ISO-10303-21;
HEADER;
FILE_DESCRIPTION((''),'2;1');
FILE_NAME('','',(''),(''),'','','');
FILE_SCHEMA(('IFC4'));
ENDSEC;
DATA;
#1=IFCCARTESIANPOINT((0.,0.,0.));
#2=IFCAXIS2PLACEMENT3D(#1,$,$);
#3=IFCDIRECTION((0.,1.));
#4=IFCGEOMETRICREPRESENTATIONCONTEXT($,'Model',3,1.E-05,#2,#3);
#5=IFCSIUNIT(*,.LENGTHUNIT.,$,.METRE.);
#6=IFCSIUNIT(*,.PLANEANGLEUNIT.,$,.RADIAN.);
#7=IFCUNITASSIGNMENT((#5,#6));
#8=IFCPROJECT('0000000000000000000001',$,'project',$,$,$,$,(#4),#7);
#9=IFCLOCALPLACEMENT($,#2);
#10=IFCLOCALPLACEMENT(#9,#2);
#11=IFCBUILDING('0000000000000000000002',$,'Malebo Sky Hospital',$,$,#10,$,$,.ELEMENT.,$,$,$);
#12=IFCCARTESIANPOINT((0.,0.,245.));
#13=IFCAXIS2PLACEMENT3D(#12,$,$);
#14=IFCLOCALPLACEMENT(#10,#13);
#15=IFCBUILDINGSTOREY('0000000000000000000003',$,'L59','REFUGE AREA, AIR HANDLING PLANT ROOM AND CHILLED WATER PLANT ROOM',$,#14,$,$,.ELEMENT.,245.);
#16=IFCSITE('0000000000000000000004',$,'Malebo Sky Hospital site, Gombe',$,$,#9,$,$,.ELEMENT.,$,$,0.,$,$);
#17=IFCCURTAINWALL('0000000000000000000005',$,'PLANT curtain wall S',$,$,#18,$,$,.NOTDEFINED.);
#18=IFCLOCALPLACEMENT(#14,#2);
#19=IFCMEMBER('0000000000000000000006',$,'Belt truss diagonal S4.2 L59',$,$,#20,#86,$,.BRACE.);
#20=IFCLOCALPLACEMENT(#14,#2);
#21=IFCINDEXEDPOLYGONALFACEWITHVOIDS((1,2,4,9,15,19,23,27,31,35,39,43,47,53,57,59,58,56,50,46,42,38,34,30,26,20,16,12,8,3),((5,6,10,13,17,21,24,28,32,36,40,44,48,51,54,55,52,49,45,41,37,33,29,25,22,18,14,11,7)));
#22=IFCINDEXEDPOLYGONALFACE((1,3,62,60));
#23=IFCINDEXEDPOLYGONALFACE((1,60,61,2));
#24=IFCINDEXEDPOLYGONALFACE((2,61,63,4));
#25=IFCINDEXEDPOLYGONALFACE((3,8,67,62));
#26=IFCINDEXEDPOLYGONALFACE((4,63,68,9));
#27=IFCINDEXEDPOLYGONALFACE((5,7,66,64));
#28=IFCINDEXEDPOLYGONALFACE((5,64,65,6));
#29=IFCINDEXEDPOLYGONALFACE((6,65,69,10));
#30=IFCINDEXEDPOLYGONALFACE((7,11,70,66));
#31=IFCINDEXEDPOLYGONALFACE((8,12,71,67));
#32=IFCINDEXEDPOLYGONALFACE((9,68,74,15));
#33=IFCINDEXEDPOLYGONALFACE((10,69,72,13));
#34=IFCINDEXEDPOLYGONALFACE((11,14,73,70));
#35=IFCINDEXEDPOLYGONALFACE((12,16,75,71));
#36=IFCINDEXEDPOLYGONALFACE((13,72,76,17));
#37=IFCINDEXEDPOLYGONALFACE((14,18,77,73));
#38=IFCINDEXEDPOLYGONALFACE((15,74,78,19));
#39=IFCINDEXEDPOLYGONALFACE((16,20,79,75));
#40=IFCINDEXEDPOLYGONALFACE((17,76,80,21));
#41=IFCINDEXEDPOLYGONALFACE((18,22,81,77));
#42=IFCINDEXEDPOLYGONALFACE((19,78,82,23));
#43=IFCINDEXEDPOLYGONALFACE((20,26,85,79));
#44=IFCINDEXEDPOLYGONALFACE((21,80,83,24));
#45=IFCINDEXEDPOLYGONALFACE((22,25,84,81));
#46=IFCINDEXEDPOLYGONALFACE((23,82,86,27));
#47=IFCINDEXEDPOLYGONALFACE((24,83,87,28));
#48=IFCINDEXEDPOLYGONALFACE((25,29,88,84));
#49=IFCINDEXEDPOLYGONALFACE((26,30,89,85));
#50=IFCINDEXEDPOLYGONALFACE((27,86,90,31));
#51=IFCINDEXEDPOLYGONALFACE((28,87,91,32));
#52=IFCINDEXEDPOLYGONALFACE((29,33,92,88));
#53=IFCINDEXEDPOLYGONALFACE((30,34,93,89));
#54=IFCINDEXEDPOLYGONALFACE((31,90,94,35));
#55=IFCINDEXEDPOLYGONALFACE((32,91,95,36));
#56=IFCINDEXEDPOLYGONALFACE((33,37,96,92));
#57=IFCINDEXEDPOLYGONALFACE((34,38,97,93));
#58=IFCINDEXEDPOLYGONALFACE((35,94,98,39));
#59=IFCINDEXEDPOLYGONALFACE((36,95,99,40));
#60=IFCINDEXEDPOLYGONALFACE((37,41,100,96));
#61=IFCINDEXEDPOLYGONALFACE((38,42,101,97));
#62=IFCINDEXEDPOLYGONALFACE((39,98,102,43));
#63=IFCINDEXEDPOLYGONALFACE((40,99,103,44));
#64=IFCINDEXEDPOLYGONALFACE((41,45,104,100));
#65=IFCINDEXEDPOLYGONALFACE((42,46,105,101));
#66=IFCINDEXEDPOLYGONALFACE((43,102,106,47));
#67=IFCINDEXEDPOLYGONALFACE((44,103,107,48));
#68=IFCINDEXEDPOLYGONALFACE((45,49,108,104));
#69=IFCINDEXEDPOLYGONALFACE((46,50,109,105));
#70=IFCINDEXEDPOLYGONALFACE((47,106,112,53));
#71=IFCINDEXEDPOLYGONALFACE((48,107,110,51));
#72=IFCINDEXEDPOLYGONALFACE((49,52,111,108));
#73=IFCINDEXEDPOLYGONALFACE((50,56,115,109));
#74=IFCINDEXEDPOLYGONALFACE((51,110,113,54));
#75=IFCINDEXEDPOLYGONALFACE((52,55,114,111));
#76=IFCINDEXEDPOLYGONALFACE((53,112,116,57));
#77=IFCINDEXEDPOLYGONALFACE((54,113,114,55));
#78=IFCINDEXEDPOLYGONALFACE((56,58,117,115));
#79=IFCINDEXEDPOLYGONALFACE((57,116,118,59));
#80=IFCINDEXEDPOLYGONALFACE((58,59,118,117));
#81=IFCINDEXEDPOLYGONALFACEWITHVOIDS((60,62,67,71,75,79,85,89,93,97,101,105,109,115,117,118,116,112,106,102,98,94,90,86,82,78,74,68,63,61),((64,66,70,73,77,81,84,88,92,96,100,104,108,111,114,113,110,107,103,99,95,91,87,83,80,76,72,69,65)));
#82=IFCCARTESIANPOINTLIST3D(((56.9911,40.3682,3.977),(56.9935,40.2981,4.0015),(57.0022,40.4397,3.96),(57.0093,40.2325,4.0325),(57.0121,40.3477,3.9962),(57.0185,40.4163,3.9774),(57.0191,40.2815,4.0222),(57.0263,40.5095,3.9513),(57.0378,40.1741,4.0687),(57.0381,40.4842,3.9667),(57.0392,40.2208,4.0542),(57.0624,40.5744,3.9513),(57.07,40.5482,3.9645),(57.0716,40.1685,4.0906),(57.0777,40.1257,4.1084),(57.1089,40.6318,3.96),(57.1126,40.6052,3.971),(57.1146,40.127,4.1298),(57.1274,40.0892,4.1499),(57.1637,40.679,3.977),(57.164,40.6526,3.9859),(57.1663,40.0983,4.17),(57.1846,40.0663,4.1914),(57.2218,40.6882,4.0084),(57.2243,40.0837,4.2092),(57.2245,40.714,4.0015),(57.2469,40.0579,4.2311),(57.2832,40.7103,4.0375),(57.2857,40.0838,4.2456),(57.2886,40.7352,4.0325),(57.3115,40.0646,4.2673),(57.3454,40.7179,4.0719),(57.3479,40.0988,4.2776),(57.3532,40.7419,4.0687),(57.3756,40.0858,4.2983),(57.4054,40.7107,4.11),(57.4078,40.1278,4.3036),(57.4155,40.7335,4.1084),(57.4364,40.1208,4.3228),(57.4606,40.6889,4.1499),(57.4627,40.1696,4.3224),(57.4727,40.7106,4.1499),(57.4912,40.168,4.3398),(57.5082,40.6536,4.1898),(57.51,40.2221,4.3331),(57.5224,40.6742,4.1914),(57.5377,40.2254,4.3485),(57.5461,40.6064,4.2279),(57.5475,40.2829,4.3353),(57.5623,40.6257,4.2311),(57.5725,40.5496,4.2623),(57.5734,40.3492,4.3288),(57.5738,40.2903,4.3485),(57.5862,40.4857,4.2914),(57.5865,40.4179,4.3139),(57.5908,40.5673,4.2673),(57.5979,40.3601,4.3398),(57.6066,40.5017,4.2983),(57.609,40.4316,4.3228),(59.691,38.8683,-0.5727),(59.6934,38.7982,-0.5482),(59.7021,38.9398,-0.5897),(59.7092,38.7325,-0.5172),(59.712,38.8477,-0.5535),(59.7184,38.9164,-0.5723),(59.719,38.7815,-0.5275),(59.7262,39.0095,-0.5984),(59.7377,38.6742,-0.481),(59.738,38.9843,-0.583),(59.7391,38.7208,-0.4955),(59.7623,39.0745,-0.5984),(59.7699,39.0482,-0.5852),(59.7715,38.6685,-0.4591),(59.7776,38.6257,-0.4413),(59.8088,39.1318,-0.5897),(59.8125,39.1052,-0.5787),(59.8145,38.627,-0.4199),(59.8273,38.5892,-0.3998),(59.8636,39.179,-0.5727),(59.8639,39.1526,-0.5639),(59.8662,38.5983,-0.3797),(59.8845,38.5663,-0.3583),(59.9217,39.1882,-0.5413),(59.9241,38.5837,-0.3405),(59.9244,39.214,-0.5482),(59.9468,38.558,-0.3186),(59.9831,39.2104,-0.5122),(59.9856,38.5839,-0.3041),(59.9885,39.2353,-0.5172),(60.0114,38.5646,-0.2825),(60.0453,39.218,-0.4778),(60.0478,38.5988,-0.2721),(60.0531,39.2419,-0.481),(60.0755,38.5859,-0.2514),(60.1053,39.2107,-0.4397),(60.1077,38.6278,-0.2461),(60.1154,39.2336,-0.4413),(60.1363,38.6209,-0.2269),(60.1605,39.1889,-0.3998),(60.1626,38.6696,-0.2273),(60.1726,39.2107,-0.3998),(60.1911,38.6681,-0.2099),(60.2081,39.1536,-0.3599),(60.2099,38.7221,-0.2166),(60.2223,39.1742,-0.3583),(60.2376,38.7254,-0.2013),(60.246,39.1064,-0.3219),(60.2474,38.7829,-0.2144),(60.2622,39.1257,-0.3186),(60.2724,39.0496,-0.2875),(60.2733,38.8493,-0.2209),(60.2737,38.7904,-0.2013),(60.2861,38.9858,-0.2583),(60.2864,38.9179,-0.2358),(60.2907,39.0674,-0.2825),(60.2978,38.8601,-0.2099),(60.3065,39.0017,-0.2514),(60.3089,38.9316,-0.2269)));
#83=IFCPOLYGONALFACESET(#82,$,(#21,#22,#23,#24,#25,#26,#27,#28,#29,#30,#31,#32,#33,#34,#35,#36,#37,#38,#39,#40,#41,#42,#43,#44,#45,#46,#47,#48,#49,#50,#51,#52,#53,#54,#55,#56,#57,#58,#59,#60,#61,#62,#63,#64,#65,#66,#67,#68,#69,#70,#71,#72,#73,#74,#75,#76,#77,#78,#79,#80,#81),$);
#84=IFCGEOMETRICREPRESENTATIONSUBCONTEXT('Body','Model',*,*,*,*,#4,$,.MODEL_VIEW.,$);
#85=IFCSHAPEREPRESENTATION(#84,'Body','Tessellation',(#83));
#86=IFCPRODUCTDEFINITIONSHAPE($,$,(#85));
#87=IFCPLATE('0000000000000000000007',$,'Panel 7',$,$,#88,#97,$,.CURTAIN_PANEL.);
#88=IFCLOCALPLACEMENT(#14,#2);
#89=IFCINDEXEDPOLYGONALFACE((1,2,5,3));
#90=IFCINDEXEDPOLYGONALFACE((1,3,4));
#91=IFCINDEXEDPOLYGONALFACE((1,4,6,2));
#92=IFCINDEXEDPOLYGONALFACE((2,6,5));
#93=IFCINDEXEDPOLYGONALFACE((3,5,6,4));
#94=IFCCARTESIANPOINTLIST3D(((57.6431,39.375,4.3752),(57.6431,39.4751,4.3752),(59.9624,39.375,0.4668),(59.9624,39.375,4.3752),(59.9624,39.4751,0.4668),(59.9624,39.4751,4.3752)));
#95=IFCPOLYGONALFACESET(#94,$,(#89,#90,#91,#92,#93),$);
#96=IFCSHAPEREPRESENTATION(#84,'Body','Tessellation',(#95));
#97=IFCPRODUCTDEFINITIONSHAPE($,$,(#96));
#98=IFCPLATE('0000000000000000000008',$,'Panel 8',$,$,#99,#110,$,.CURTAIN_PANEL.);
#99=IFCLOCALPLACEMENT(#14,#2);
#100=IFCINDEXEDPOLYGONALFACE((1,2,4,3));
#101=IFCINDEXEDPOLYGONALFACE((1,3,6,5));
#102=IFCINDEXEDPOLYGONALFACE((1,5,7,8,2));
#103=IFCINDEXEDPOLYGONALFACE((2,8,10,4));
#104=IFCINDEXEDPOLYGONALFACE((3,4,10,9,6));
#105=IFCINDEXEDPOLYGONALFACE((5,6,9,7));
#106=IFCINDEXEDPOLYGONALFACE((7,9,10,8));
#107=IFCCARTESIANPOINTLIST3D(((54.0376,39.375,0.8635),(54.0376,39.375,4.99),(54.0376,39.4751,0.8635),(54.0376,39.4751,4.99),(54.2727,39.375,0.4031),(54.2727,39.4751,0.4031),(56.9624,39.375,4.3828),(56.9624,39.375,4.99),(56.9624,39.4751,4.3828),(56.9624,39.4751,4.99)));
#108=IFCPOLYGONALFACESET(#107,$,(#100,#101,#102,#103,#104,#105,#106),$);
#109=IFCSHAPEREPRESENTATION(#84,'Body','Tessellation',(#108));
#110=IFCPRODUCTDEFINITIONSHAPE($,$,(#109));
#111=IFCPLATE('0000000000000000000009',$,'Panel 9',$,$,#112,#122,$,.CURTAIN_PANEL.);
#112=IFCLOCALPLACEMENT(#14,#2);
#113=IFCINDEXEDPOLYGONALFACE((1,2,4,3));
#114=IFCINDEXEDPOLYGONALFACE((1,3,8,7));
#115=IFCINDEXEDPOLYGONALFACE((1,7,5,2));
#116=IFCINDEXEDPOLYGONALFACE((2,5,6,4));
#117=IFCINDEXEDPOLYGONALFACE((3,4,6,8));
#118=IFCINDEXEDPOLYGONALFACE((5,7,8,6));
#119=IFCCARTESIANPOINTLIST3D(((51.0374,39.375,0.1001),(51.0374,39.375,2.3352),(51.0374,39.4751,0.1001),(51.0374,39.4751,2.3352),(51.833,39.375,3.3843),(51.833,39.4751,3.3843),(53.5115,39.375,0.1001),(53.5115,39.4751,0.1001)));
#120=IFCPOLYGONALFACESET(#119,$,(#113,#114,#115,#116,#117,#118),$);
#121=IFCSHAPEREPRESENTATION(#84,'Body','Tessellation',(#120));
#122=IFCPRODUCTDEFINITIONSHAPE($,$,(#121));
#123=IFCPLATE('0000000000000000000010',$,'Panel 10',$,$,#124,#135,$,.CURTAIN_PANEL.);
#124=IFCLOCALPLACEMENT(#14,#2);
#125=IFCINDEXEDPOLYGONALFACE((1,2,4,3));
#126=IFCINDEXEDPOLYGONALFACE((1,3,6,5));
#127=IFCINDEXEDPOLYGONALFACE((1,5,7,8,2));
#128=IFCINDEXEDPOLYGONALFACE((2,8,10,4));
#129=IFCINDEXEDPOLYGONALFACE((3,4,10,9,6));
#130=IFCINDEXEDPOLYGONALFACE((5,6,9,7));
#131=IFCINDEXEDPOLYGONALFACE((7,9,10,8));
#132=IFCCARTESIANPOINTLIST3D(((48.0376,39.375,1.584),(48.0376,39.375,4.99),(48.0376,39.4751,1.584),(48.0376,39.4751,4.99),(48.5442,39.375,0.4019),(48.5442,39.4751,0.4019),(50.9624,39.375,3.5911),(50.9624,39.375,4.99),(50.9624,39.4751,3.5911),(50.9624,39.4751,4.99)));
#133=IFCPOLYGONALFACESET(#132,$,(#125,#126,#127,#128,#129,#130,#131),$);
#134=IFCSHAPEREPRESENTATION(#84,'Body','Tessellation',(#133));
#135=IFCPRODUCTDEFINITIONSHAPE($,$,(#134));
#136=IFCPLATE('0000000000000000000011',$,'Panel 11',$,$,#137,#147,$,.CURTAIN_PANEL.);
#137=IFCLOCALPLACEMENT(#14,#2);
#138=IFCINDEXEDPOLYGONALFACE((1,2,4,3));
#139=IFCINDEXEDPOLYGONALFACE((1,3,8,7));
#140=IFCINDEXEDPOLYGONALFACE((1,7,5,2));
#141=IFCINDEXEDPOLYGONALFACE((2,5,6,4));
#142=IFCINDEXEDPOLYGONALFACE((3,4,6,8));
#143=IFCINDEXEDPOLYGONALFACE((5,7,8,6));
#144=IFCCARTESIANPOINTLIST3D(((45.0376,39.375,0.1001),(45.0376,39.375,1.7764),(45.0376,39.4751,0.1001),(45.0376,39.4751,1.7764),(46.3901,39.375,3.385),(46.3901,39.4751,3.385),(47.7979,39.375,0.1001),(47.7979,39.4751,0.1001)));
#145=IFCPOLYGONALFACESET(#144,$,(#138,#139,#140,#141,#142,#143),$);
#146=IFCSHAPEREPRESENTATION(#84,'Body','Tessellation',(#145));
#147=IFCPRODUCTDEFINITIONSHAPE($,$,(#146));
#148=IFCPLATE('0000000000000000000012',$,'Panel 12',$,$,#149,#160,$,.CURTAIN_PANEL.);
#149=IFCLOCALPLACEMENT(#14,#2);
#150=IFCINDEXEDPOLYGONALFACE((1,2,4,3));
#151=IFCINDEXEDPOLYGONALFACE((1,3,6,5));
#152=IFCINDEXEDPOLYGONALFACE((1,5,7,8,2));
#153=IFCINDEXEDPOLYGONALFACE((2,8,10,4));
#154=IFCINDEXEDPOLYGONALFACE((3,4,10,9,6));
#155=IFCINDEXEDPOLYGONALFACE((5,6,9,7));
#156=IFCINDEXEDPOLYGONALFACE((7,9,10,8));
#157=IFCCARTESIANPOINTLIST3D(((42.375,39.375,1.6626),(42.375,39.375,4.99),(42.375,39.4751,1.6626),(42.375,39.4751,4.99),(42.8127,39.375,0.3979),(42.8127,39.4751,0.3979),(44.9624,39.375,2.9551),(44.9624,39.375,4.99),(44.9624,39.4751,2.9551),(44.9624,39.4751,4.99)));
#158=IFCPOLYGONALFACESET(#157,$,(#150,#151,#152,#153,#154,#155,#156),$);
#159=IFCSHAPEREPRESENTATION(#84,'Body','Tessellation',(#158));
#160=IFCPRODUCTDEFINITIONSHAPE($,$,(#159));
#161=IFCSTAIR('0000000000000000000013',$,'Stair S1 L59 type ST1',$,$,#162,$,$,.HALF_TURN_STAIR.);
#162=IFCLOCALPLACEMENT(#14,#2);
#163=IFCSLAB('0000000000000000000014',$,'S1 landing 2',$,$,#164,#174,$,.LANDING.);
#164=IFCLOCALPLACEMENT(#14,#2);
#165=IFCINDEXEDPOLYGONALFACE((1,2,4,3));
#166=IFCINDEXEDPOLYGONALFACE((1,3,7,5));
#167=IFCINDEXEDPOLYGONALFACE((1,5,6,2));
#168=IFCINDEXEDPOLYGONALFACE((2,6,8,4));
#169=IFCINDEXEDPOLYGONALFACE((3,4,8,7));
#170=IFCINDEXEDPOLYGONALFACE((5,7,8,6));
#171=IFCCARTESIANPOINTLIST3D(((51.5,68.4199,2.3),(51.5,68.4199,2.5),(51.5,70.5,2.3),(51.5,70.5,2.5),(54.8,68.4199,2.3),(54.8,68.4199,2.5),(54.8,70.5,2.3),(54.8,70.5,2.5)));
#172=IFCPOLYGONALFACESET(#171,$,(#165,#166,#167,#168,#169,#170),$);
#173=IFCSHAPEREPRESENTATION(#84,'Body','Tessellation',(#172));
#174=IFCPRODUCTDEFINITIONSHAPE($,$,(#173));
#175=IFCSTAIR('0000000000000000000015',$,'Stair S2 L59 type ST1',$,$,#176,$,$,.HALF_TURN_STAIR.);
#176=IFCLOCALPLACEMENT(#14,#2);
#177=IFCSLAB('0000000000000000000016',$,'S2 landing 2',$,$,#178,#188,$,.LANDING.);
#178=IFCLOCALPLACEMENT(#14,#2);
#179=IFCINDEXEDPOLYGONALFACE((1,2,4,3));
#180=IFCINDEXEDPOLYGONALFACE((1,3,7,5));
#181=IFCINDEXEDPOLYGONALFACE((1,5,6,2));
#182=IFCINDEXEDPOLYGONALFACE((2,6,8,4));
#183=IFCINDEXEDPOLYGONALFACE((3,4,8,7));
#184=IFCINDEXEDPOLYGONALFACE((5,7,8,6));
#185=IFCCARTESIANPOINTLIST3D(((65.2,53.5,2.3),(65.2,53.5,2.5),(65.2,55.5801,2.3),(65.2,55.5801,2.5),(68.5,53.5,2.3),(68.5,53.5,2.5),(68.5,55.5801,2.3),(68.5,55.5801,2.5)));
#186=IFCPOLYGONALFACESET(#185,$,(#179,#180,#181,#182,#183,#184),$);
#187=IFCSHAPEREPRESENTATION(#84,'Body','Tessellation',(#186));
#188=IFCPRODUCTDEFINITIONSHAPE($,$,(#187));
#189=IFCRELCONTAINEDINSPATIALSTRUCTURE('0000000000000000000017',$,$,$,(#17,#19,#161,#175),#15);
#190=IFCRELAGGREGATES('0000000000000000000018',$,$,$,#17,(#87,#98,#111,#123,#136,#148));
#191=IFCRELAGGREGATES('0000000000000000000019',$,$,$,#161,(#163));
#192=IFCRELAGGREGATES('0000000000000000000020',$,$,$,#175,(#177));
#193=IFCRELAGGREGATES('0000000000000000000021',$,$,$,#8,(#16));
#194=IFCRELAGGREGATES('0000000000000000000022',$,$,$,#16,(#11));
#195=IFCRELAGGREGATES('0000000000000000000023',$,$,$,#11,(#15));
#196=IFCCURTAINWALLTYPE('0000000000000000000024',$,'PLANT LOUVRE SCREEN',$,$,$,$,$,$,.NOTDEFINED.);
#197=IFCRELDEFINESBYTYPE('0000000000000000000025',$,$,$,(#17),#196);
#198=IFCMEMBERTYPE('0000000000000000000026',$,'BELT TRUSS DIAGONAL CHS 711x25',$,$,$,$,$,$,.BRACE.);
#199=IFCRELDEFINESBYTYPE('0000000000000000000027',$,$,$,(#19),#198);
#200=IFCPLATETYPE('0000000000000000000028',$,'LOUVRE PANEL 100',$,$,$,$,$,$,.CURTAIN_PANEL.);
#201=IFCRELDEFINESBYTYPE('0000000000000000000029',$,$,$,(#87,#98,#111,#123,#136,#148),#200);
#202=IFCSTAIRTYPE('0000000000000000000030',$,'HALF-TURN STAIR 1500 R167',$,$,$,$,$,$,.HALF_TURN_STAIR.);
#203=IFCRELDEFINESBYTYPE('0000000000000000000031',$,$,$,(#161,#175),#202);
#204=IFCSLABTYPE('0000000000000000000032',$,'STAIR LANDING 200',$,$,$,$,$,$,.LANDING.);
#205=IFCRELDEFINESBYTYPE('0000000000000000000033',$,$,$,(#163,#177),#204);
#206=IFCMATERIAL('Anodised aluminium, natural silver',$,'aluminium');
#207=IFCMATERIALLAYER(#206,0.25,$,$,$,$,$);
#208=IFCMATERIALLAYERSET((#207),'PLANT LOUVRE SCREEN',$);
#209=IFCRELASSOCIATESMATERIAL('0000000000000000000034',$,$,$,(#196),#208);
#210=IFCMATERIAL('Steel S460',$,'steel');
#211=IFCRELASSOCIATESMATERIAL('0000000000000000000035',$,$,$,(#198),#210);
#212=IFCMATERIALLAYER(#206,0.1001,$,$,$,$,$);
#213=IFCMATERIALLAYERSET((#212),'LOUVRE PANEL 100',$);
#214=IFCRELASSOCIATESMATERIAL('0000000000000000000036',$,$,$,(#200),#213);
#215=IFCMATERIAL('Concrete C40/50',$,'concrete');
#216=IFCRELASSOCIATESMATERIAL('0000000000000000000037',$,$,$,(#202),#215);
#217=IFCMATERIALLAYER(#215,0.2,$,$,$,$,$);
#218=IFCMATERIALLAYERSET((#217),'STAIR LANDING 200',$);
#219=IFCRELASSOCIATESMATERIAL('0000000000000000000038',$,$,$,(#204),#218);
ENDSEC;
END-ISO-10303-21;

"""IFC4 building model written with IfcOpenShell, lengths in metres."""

from ifc_helpers import new_model, si_unit, direction, frame, origin, origin_2d, place, context, subcontext, project, spatial, polyline, hollow_circle, outline, extrude, material, layer, layer_set, material_profile, profile_set, type_object, element, aggregate, save


model = new_model("IFC4")

# Units and contexts
model_context = context("Model", 3, precision=1e-05, world=origin(), true_north=direction((0.0, 1.0)))
body_context = subcontext(model_context, "Body", "Model", "MODEL_VIEW")
ifc_project = project(units=[si_unit("LENGTHUNIT", "METRE"), si_unit("PLANEANGLEUNIT", "RADIAN")], contexts=[model_context])

# Site, building, storey
site_placement = place(None, origin())
site = spatial("IfcSite", under=ifc_project, at=site_placement, Name="Malebo Sky Hospital site, Gombe", CompositionType="ELEMENT", RefElevation=0.0)
building_placement = place(site_placement, origin())
building = spatial("IfcBuilding", under=site, at=building_placement, Name="Malebo Sky Hospital", CompositionType="ELEMENT")
storey_placement = place(building_placement, frame((0.0, 0.0, 245.0)))
storey = spatial("IfcBuildingStorey", under=building, at=storey_placement, Name="L59", Description="REFUGE AREA, AIR HANDLING PLANT ROOM AND CHILLED WATER PLANT ROOM", CompositionType="ELEMENT", Elevation=245.0)

# Curtain wall
ifc_material_1 = material(Name="Anodised aluminium, natural silver", Category="aluminium")
ifc_layer_1 = layer(ifc_material_1, 0.25)
ifc_layer_set_1 = layer_set([ifc_layer_1], Name="PLANT LOUVRE SCREEN")
curtain_wall_type = type_object("IfcCurtainWallType", Name="PLANT LOUVRE SCREEN", PredefinedType="NOTDEFINED", material=ifc_layer_set_1)
curtain_wall_placement = place(storey_placement, origin())
curtain_wall = element("IfcCurtainWall", 1, at=curtain_wall_placement, inside=storey, type_object=curtain_wall_type, Name="PLANT curtain wall S", PredefinedType="NOTDEFINED")

# Member
ifc_material_2 = material(Name="Steel S460", Category="steel")
ifc_material_profile_1 = material_profile(ifc_material_2, hollow_circle(Radius=0.3555, WallThickness=0.0249, at=origin_2d()), Name="CHS 711x25")
ifc_profile_set_1 = profile_set([ifc_material_profile_1], Name="Steel S460")
member_type_1 = type_object("IfcMemberType", Name="BELT TRUSS DIAGONAL CHS 711x25", PredefinedType="BRACE", material=ifc_profile_set_1)
member_1_placement = place(storey_placement, frame((57.3, 40.3999, 4.1499), z_axis=(0.490978, -0.27277, -0.827368), x_axis=(0.48565, 0.874154, 0.0)))
element("IfcMember", 2, at=member_1_placement, inside=storey, type_object=member_type_1, Name="Belt truss diagonal S4.2 L59", PredefinedType="BRACE", context=body_context, shape_type="SweptSolid", body=[
    extrude(hollow_circle(Radius=0.3555, WallThickness=0.0249, at=origin_2d()), origin(), (0.0, 0.0, 1.0), 5.499),
])

# Plates
ifc_layer_2 = layer(ifc_material_1, 0.1001)
ifc_layer_set_2 = layer_set([ifc_layer_2], Name="LOUVRE PANEL 100")
plate_type = type_object("IfcPlateType", Name="LOUVRE PANEL 100", PredefinedType="CURTAIN_PANEL", material=ifc_layer_set_2)
plate_1_placement = place(storey_placement, frame((58.8027, 39.425, 0.4668), z_axis=(0.0, 0.0, 1.0), x_axis=(-1.0, 0.0, 0.0)))
plate_1 = element("IfcPlate", 3, at=plate_1_placement, type_object=plate_type, Name="Panel 7", PredefinedType="CURTAIN_PANEL", context=body_context, shape_type="SweptSolid", body=[
    extrude(outline(polyline([(-1.1597, 0.0), (1.1597, 3.9084), (-1.1597, 3.9084), (-1.1597, 0.0)])), frame((0.0, 0.05, 0.0), z_axis=(0.0, -1.0, 0.0), x_axis=(1.0, 0.0, 0.0)), (0.0, 0.0, 1.0), 0.1001),
])
plate_2_placement = place(storey_placement, frame((55.5, 39.425, 0.4031), z_axis=(0.0, 0.0, 1.0), x_axis=(-1.0, 0.0, 0.0)))
plate_2 = element("IfcPlate", 4, at=plate_2_placement, type_object=plate_type, Name="Panel 8", PredefinedType="CURTAIN_PANEL", context=body_context, shape_type="SweptSolid", body=[
    extrude(outline(polyline([(1.2273, 0.0), (1.4624, 0.4604), (1.4624, 4.5869), (-1.4624, 4.5869), (-1.4624, 3.9797), (1.2273, 0.0)])), frame((0.0, 0.05, 0.0), z_axis=(0.0, -1.0, 0.0), x_axis=(1.0, 0.0, 0.0)), (0.0, 0.0, 1.0), 0.1001),
])
plate_3_placement = place(storey_placement, frame((52.2744, 39.425, 0.1001), z_axis=(0.0, 0.0, 1.0), x_axis=(-1.0, 0.0, 0.0)))
plate_3 = element("IfcPlate", 5, at=plate_3_placement, type_object=plate_type, Name="Panel 9", PredefinedType="CURTAIN_PANEL", context=body_context, shape_type="SweptSolid", body=[
    extrude(outline(polyline([(-1.2371, 0.0), (1.2371, 0.0), (1.2371, 2.2351), (0.4414, 3.2842), (-1.2371, 0.0)])), frame((0.0, 0.05, 0.0), z_axis=(0.0, -1.0, 0.0), x_axis=(1.0, 0.0, 0.0)), (0.0, 0.0, 1.0), 0.1001),
])
plate_4_placement = place(storey_placement, frame((49.5, 39.425, 0.4019), z_axis=(0.0, 0.0, 1.0), x_axis=(-1.0, 0.0, 0.0)))
plate_4 = element("IfcPlate", 6, at=plate_4_placement, type_object=plate_type, Name="Panel 10", PredefinedType="CURTAIN_PANEL", context=body_context, shape_type="SweptSolid", body=[
    extrude(outline(polyline([(0.9558, 0.0), (1.4624, 1.1821), (1.4624, 4.5881), (-1.4624, 4.5881), (-1.4624, 3.1892), (0.9558, 0.0)])), frame((0.0, 0.05, 0.0), z_axis=(0.0, -1.0, 0.0), x_axis=(1.0, 0.0, 0.0)), (0.0, 0.0, 1.0), 0.1001),
])
plate_5_placement = place(storey_placement, frame((46.4177, 39.425, 0.1001), z_axis=(0.0, 0.0, 1.0), x_axis=(-1.0, 0.0, 0.0)))
plate_5 = element("IfcPlate", 7, at=plate_5_placement, type_object=plate_type, Name="Panel 11", PredefinedType="CURTAIN_PANEL", context=body_context, shape_type="SweptSolid", body=[
    extrude(outline(polyline([(-1.3801, 0.0), (1.3801, 0.0), (1.3801, 1.6763), (0.0276, 3.2849), (-1.3801, 0.0)])), frame((0.0, 0.05, 0.0), z_axis=(0.0, -1.0, 0.0), x_axis=(1.0, 0.0, 0.0)), (0.0, 0.0, 1.0), 0.1001),
])
plate_6_placement = place(storey_placement, frame((43.6687, 39.425, 0.3979), z_axis=(0.0, 0.0, 1.0), x_axis=(-1.0, 0.0, 0.0)))
plate_6 = element("IfcPlate", 8, at=plate_6_placement, type_object=plate_type, Name="Panel 12", PredefinedType="CURTAIN_PANEL", context=body_context, shape_type="SweptSolid", body=[
    extrude(outline(polyline([(0.856, 0.0), (1.2937, 1.2646), (1.2937, 4.592), (-1.2937, 4.592), (-1.2937, 2.5571), (0.856, 0.0)])), frame((0.0, 0.05, 0.0), z_axis=(0.0, -1.0, 0.0), x_axis=(1.0, 0.0, 0.0)), (0.0, 0.0, 1.0), 0.1001),
])
aggregate(curtain_wall, [plate_1, plate_2, plate_3, plate_4, plate_5, plate_6])

# Stairs, slabs
ifc_material_3 = material(Name="Concrete C40/50", Category="concrete")
stair_type_1 = type_object("IfcStairType", Name="HALF-TURN STAIR 1500 R167", PredefinedType="HALF_TURN_STAIR", material=ifc_material_3)
stair_1_placement = place(storey_placement, origin())
stair_1 = element("IfcStair", 9, at=stair_1_placement, inside=storey, type_object=stair_type_1, Name="Stair S1 L59 type ST1", PredefinedType="HALF_TURN_STAIR")
ifc_layer_3 = layer(ifc_material_3, 0.2)
ifc_layer_set_3 = layer_set([ifc_layer_3], Name="STAIR LANDING 200")
slab_type = type_object("IfcSlabType", Name="STAIR LANDING 200", PredefinedType="LANDING", material=ifc_layer_set_3)
slab_1_placement = place(storey_placement, frame((0.0, 0.0, 2.3)))
slab_1 = element("IfcSlab", 10, at=slab_1_placement, type_object=slab_type, Name="S1 landing 2", PredefinedType="LANDING", context=body_context, shape_type="SweptSolid", body=[
    extrude(outline(polyline([(51.5, 68.4199), (54.8, 68.4199), (54.8, 70.5), (51.5, 70.5), (51.5, 68.4199)])), origin(), (0.0, 0.0, 1.0), 0.2),
])
aggregate(stair_1, [slab_1])
stair_2_placement = place(storey_placement, origin())
stair_2 = element("IfcStair", 11, at=stair_2_placement, inside=storey, type_object=stair_type_1, Name="Stair S2 L59 type ST1", PredefinedType="HALF_TURN_STAIR")
slab_2_placement = place(storey_placement, frame((0.0, 0.0, 2.3)))
slab_2 = element("IfcSlab", 12, at=slab_2_placement, type_object=slab_type, Name="S2 landing 2", PredefinedType="LANDING", context=body_context, shape_type="SweptSolid", body=[
    extrude(outline(polyline([(65.2, 53.5), (68.5, 53.5), (68.5, 55.5801), (65.2, 55.5801), (65.2, 53.5)])), origin(), (0.0, 0.0, 1.0), 0.2),
])
aggregate(stair_2, [slab_2])

save(model, "model.ifc")
